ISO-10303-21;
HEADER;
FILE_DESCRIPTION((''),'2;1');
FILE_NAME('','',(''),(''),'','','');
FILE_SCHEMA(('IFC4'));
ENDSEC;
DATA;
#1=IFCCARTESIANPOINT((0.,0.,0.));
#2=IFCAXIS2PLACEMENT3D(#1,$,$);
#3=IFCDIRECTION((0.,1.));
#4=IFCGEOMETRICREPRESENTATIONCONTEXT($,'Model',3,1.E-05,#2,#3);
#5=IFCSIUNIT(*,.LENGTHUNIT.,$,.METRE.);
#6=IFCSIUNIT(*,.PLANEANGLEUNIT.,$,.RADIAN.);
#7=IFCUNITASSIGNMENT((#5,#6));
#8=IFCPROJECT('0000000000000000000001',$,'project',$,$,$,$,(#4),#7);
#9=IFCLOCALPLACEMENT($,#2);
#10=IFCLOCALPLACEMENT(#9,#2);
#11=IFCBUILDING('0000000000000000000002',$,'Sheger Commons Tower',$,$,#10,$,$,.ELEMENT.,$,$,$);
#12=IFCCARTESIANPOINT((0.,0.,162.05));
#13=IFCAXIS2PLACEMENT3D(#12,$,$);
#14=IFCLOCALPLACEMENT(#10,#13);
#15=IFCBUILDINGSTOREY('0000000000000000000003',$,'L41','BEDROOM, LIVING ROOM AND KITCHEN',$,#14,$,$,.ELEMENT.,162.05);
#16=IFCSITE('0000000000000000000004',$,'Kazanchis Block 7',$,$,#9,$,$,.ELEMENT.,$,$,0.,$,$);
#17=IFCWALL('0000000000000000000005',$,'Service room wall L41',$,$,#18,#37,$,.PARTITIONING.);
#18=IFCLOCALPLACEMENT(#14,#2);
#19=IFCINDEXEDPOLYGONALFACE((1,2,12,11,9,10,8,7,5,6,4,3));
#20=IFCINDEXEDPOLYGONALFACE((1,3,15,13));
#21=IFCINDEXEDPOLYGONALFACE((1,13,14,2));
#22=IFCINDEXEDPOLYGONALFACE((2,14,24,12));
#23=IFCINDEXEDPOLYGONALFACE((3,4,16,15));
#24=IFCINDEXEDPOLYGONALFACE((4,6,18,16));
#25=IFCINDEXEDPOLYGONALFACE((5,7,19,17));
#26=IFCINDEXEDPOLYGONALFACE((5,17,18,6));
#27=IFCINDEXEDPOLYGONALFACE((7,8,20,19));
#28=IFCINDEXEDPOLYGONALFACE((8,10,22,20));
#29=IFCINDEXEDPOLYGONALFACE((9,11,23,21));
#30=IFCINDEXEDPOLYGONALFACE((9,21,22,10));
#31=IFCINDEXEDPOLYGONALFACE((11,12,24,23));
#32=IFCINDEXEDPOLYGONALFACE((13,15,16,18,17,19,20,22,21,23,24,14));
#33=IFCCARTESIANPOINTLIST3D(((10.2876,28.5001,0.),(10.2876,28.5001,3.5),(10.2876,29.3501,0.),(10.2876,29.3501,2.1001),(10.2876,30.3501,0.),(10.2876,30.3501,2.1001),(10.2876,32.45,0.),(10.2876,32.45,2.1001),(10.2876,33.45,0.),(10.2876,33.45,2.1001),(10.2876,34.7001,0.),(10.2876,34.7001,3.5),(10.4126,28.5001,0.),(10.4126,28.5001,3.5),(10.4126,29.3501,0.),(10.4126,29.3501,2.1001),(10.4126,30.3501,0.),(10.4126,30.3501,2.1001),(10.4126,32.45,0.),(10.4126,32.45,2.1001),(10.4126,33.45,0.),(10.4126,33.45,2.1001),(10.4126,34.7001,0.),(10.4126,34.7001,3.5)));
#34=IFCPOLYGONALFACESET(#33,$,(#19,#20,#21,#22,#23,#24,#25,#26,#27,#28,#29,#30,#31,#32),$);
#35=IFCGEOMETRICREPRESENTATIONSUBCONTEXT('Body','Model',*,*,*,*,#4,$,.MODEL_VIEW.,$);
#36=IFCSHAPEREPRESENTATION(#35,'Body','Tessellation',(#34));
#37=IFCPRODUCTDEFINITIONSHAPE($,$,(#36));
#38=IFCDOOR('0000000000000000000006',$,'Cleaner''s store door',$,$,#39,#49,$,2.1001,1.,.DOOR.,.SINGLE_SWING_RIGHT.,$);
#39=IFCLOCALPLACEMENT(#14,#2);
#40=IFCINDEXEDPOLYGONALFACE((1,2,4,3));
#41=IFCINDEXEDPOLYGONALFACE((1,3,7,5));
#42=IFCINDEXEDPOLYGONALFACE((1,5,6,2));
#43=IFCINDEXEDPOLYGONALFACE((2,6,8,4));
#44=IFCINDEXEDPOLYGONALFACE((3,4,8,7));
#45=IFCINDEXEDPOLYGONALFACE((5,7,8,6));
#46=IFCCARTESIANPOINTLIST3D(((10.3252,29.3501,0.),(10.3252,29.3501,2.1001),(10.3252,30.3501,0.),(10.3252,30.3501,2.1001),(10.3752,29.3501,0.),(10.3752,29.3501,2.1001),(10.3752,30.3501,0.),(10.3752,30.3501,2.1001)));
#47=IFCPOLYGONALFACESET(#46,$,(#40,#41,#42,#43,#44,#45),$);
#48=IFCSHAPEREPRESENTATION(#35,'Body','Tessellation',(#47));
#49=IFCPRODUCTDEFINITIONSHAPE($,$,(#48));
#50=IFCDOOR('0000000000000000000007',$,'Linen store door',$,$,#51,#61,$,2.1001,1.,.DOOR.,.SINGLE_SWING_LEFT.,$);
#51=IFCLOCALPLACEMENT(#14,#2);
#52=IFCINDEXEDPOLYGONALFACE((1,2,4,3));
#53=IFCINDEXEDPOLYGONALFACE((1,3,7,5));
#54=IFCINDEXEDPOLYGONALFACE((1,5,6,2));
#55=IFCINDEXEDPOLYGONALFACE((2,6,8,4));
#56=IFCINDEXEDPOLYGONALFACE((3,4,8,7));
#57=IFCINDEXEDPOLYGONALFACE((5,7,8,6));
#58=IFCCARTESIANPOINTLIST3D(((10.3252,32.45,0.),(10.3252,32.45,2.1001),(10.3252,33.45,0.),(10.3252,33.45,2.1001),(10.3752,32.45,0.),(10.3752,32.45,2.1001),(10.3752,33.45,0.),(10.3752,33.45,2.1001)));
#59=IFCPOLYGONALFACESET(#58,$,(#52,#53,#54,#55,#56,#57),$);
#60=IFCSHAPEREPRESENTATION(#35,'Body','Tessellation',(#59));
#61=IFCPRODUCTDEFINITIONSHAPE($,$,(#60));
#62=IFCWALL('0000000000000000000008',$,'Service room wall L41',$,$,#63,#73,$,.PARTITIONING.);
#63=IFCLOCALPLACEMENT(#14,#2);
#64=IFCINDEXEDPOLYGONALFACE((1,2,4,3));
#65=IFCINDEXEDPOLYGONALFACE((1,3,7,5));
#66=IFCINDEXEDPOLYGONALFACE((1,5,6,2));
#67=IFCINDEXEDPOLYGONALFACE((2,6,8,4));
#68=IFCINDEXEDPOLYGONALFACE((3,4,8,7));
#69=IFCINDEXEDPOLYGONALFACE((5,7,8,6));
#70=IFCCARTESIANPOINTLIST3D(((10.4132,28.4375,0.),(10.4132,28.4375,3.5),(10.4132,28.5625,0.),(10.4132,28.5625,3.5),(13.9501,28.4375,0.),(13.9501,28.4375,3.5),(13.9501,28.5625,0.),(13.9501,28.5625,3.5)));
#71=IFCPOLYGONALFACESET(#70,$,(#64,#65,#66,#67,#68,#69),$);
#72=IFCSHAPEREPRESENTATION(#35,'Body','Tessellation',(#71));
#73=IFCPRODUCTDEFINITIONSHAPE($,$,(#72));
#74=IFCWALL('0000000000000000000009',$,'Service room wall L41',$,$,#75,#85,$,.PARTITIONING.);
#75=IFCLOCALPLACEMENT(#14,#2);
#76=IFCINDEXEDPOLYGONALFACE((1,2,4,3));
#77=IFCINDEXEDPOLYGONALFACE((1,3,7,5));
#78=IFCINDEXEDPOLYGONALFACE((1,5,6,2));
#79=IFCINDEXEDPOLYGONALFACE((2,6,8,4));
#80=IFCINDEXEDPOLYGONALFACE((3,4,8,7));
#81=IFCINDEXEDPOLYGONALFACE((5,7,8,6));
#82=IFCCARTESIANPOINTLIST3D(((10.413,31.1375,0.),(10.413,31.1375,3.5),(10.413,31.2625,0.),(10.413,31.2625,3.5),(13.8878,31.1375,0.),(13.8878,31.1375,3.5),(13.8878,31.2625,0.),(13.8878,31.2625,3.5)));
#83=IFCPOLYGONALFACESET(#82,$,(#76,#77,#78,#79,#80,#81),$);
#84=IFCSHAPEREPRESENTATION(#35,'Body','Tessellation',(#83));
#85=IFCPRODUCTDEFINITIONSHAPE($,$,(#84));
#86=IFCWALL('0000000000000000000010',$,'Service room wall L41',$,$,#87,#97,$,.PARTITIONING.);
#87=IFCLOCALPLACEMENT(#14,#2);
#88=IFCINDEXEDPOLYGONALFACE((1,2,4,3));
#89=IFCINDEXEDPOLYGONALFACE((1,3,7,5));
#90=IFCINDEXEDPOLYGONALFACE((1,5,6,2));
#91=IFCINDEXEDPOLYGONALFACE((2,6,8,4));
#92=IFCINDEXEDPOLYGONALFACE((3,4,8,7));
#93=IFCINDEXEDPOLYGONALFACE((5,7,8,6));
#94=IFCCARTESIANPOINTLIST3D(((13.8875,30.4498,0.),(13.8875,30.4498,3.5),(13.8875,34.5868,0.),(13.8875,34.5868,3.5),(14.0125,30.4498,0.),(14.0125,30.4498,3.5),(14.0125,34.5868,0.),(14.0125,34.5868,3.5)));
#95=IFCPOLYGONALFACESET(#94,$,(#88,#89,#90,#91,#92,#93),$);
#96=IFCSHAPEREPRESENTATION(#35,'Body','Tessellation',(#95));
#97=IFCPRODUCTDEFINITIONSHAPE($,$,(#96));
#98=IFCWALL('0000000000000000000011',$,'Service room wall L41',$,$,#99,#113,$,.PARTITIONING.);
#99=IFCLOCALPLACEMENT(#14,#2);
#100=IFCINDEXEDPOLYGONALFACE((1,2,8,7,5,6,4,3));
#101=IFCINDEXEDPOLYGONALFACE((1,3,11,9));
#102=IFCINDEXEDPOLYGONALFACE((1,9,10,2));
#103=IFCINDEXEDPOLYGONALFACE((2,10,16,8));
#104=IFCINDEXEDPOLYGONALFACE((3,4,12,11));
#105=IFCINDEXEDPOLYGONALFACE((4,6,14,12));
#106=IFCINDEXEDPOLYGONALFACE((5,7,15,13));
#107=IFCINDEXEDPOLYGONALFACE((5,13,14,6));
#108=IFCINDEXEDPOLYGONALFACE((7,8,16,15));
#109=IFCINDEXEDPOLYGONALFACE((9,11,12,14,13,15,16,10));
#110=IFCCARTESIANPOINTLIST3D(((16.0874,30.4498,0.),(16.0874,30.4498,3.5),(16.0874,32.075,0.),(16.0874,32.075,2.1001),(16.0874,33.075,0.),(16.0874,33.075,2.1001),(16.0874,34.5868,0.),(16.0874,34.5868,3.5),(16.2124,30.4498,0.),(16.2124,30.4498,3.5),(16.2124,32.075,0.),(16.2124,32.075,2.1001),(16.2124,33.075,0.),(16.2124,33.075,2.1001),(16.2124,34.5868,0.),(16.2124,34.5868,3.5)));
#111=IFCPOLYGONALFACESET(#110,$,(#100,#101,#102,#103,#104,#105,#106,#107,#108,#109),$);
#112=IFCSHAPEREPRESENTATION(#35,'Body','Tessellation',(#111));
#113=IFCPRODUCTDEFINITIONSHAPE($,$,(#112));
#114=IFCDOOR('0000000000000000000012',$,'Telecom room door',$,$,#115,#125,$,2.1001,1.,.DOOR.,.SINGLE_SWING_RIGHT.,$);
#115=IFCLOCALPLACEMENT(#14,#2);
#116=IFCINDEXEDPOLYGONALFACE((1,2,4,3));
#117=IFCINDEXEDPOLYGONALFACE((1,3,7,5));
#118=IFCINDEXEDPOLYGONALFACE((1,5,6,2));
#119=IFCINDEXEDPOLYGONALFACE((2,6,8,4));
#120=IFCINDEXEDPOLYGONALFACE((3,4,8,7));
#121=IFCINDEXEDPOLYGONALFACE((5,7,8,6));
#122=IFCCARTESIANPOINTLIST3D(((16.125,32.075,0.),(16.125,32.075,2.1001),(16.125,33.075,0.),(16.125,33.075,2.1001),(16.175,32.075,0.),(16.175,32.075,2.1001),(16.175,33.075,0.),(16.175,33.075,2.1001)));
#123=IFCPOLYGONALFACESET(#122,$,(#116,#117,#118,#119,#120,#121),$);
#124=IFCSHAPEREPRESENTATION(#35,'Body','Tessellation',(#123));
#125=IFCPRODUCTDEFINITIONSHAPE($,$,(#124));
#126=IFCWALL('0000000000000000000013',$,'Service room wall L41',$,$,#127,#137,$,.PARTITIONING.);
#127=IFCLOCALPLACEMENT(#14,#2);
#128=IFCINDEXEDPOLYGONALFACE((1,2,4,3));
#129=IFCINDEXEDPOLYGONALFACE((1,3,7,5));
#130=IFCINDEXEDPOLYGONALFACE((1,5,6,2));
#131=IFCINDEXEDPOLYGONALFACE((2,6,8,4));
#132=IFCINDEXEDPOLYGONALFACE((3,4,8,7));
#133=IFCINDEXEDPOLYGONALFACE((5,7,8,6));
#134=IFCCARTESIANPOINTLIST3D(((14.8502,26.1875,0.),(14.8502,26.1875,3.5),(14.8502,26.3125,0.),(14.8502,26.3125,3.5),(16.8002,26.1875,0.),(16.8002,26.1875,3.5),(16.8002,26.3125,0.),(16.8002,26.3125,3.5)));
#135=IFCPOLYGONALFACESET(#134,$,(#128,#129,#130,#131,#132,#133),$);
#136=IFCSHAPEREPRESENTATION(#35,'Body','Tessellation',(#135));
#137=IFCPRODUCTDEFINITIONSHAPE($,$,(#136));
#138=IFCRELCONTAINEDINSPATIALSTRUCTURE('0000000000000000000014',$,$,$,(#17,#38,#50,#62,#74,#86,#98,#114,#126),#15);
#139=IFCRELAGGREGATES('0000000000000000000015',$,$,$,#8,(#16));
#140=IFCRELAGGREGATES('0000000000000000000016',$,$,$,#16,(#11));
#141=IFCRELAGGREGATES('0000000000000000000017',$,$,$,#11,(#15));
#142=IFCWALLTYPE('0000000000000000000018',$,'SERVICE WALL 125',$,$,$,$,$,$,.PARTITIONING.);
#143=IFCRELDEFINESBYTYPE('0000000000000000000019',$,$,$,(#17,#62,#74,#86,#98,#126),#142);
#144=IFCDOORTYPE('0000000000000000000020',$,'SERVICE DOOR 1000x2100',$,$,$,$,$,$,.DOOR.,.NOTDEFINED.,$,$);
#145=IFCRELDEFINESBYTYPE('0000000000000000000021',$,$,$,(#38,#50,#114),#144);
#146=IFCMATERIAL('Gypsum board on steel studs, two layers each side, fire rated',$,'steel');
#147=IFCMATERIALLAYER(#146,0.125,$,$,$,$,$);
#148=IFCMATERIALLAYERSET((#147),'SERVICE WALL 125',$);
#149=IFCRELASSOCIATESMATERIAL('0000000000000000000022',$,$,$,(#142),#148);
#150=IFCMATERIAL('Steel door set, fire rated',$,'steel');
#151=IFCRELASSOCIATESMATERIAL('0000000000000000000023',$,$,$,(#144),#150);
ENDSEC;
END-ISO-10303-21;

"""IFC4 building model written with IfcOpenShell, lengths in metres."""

from ifc_helpers import new_model, si_unit, direction, frame, frame_2d, origin, place, context, subcontext, project, spatial, rectangle, extrude, material, layer, layer_set, type_object, element, fill, save


model = new_model("IFC4")

# Units and contexts
model_context = context("Model", 3, precision=1e-05, world=origin(), true_north=direction((0.0, 1.0)))
body_context = subcontext(model_context, "Body", "Model", "MODEL_VIEW")
ifc_project = project(units=[si_unit("LENGTHUNIT", "METRE"), si_unit("PLANEANGLEUNIT", "RADIAN")], contexts=[model_context])

# Site, building, storey
site_placement = place(None, origin())
site = spatial("IfcSite", under=ifc_project, at=site_placement, Name="Kazanchis Block 7", CompositionType="ELEMENT", RefElevation=0.0)
building_placement = place(site_placement, origin())
building = spatial("IfcBuilding", under=site, at=building_placement, Name="Sheger Commons Tower", CompositionType="ELEMENT")
storey_placement = place(building_placement, frame((0.0, 0.0, 162.05)))
storey = spatial("IfcBuildingStorey", under=building, at=storey_placement, Name="L41", Description="BEDROOM, LIVING ROOM AND KITCHEN", CompositionType="ELEMENT", Elevation=162.05)

# Wall, openings, doors
ifc_material_1 = material(Name="Gypsum board on steel studs, two layers each side, fire rated", Category="steel")
ifc_layer_1 = layer(ifc_material_1, 0.125)
ifc_layer_set_1 = layer_set([ifc_layer_1], Name="SERVICE WALL 125")
wall_type_1 = type_object("IfcWallType", Name="SERVICE WALL 125", PredefinedType="PARTITIONING", material=ifc_layer_set_1)
wall_1_placement = place(storey_placement, frame((10.3501, 28.5, 0.0), z_axis=(0.0, 0.0, 1.0), x_axis=(0.0, 1.0, 0.0)))
wall_1 = element("IfcWall", 1, at=wall_1_placement, inside=storey, type_object=wall_type_1, Name="Service room wall L41", PredefinedType="PARTITIONING", context=body_context, shape_type="SweptSolid", body=[
    extrude(rectangle(XDim=6.2, YDim=0.125, at=frame_2d((3.1001, 0.0))), origin(), (0.0, 0.0, 1.0), 3.5),
])
opening_1_placement = place(wall_1_placement, frame((0.8501, 0.0, 0.0)))
opening_1 = element("IfcOpeningElement", 2, at=opening_1_placement, cuts=wall_1, PredefinedType="OPENING", context=body_context, shape_type="SweptSolid", body=[
    extrude(rectangle(XDim=1.0, YDim=2.1001, at=frame_2d((0.5, 1.05))), frame((0.0, 0.0725, 0.0), z_axis=(0.0, -1.0, 0.0), x_axis=(1.0, 0.0, 0.0)), (0.0, 0.0, 1.0), 0.145),
])
opening_2_placement = place(wall_1_placement, frame((3.95, 0.0, 0.0)))
opening_2 = element("IfcOpeningElement", 3, at=opening_2_placement, cuts=wall_1, PredefinedType="OPENING", context=body_context, shape_type="SweptSolid", body=[
    extrude(rectangle(XDim=1.0, YDim=2.1001, at=frame_2d((0.5, 1.05))), frame((0.0, 0.0725, 0.0), z_axis=(0.0, -1.0, 0.0), x_axis=(1.0, 0.0, 0.0)), (0.0, 0.0, 1.0), 0.145),
])
ifc_material_2 = material(Name="Steel door set, fire rated", Category="steel")
door_type_1 = type_object("IfcDoorType", Name="SERVICE DOOR 1000x2100", OperationType="NOTDEFINED", PredefinedType="DOOR", material=ifc_material_2)
door_1_placement = place(opening_1_placement, origin())
door_1 = element("IfcDoor", 4, at=door_1_placement, inside=storey, type_object=door_type_1, Name="Cleaner's store door", OperationType="SINGLE_SWING_RIGHT", OverallHeight=2.1001, OverallWidth=1.0, PredefinedType="DOOR", context=body_context, shape_type="SweptSolid", body=[
    extrude(rectangle(XDim=1.0, YDim=2.1001, at=frame_2d((0.5, 1.05))), frame((0.0, 0.0249, 0.0), z_axis=(0.0, -1.0, 0.0), x_axis=(1.0, 0.0, 0.0)), (0.0, 0.0, 1.0), 0.05),
])
fill(opening_1, door_1)
door_2_placement = place(opening_2_placement, origin())
door_2 = element("IfcDoor", 5, at=door_2_placement, inside=storey, type_object=door_type_1, Name="Linen store door", OperationType="SINGLE_SWING_LEFT", OverallHeight=2.1001, OverallWidth=1.0, PredefinedType="DOOR", context=body_context, shape_type="SweptSolid", body=[
    extrude(rectangle(XDim=1.0, YDim=2.1001, at=frame_2d((0.5, 1.05))), frame((0.0, 0.0249, 0.0), z_axis=(0.0, -1.0, 0.0), x_axis=(1.0, 0.0, 0.0)), (0.0, 0.0, 1.0), 0.05),
])
fill(opening_2, door_2)

# Walls
wall_2_placement = place(storey_placement, frame((10.4131, 28.5, 0.0), z_axis=(0.0, 0.0, 1.0), x_axis=(1.0, 0.0, 0.0)))
element("IfcWall", 6, at=wall_2_placement, inside=storey, type_object=wall_type_1, Name="Service room wall L41", PredefinedType="PARTITIONING", context=body_context, shape_type="SweptSolid", body=[
    extrude(rectangle(XDim=3.5369, YDim=0.125, at=frame_2d((1.7686, 0.0))), origin(), (0.0, 0.0, 1.0), 3.5),
])
wall_3_placement = place(storey_placement, frame((10.4131, 31.2, 0.0), z_axis=(0.0, 0.0, 1.0), x_axis=(1.0, 0.0, 0.0)))
element("IfcWall", 7, at=wall_3_placement, inside=storey, type_object=wall_type_1, Name="Service room wall L41", PredefinedType="PARTITIONING", context=body_context, shape_type="SweptSolid", body=[
    extrude(rectangle(XDim=3.4749, YDim=0.125, at=frame_2d((1.7373, 0.0))), origin(), (0.0, 0.0, 1.0), 3.5),
])
wall_4_placement = place(storey_placement, frame((13.95, 30.45, 0.0), z_axis=(0.0, 0.0, 1.0), x_axis=(0.0, 1.0, 0.0)))
element("IfcWall", 8, at=wall_4_placement, inside=storey, type_object=wall_type_1, Name="Service room wall L41", PredefinedType="PARTITIONING", context=body_context, shape_type="SweptSolid", body=[
    extrude(rectangle(XDim=4.137, YDim=0.125, at=frame_2d((2.0684, 0.0))), origin(), (0.0, 0.0, 1.0), 3.5),
])

# Wall, opening, door
wall_5_placement = place(storey_placement, frame((16.1499, 30.45, 0.0), z_axis=(0.0, 0.0, 1.0), x_axis=(0.0, 1.0, 0.0)))
wall_5 = element("IfcWall", 9, at=wall_5_placement, inside=storey, type_object=wall_type_1, Name="Service room wall L41", PredefinedType="PARTITIONING", context=body_context, shape_type="SweptSolid", body=[
    extrude(rectangle(XDim=4.137, YDim=0.125, at=frame_2d((2.0684, 0.0))), origin(), (0.0, 0.0, 1.0), 3.5),
])
opening_3_placement = place(wall_5_placement, frame((1.625, 0.0, 0.0)))
opening_3 = element("IfcOpeningElement", 10, at=opening_3_placement, cuts=wall_5, PredefinedType="OPENING", context=body_context, shape_type="SweptSolid", body=[
    extrude(rectangle(XDim=1.0, YDim=2.1001, at=frame_2d((0.5, 1.05))), frame((0.0, 0.0725, 0.0), z_axis=(0.0, -1.0, 0.0), x_axis=(1.0, 0.0, 0.0)), (0.0, 0.0, 1.0), 0.145),
])
door_3_placement = place(opening_3_placement, origin())
door_3 = element("IfcDoor", 11, at=door_3_placement, inside=storey, type_object=door_type_1, Name="Telecom room door", OperationType="SINGLE_SWING_RIGHT", OverallHeight=2.1001, OverallWidth=1.0, PredefinedType="DOOR", context=body_context, shape_type="SweptSolid", body=[
    extrude(rectangle(XDim=1.0, YDim=2.1001, at=frame_2d((0.5, 1.05))), frame((0.0, 0.0249, 0.0), z_axis=(0.0, -1.0, 0.0), x_axis=(1.0, 0.0, 0.0)), (0.0, 0.0, 1.0), 0.05),
])
fill(opening_3, door_3)

# Wall
wall_6_placement = place(storey_placement, frame((14.8501, 26.25, 0.0), z_axis=(0.0, 0.0, 1.0), x_axis=(1.0, 0.0, 0.0)))
element("IfcWall", 12, at=wall_6_placement, inside=storey, type_object=wall_type_1, Name="Service room wall L41", PredefinedType="PARTITIONING", context=body_context, shape_type="SweptSolid", body=[
    extrude(rectangle(XDim=1.95, YDim=0.125, at=frame_2d((0.9751, 0.0))), origin(), (0.0, 0.0, 1.0), 3.5),
])

save(model, "model.ifc")
